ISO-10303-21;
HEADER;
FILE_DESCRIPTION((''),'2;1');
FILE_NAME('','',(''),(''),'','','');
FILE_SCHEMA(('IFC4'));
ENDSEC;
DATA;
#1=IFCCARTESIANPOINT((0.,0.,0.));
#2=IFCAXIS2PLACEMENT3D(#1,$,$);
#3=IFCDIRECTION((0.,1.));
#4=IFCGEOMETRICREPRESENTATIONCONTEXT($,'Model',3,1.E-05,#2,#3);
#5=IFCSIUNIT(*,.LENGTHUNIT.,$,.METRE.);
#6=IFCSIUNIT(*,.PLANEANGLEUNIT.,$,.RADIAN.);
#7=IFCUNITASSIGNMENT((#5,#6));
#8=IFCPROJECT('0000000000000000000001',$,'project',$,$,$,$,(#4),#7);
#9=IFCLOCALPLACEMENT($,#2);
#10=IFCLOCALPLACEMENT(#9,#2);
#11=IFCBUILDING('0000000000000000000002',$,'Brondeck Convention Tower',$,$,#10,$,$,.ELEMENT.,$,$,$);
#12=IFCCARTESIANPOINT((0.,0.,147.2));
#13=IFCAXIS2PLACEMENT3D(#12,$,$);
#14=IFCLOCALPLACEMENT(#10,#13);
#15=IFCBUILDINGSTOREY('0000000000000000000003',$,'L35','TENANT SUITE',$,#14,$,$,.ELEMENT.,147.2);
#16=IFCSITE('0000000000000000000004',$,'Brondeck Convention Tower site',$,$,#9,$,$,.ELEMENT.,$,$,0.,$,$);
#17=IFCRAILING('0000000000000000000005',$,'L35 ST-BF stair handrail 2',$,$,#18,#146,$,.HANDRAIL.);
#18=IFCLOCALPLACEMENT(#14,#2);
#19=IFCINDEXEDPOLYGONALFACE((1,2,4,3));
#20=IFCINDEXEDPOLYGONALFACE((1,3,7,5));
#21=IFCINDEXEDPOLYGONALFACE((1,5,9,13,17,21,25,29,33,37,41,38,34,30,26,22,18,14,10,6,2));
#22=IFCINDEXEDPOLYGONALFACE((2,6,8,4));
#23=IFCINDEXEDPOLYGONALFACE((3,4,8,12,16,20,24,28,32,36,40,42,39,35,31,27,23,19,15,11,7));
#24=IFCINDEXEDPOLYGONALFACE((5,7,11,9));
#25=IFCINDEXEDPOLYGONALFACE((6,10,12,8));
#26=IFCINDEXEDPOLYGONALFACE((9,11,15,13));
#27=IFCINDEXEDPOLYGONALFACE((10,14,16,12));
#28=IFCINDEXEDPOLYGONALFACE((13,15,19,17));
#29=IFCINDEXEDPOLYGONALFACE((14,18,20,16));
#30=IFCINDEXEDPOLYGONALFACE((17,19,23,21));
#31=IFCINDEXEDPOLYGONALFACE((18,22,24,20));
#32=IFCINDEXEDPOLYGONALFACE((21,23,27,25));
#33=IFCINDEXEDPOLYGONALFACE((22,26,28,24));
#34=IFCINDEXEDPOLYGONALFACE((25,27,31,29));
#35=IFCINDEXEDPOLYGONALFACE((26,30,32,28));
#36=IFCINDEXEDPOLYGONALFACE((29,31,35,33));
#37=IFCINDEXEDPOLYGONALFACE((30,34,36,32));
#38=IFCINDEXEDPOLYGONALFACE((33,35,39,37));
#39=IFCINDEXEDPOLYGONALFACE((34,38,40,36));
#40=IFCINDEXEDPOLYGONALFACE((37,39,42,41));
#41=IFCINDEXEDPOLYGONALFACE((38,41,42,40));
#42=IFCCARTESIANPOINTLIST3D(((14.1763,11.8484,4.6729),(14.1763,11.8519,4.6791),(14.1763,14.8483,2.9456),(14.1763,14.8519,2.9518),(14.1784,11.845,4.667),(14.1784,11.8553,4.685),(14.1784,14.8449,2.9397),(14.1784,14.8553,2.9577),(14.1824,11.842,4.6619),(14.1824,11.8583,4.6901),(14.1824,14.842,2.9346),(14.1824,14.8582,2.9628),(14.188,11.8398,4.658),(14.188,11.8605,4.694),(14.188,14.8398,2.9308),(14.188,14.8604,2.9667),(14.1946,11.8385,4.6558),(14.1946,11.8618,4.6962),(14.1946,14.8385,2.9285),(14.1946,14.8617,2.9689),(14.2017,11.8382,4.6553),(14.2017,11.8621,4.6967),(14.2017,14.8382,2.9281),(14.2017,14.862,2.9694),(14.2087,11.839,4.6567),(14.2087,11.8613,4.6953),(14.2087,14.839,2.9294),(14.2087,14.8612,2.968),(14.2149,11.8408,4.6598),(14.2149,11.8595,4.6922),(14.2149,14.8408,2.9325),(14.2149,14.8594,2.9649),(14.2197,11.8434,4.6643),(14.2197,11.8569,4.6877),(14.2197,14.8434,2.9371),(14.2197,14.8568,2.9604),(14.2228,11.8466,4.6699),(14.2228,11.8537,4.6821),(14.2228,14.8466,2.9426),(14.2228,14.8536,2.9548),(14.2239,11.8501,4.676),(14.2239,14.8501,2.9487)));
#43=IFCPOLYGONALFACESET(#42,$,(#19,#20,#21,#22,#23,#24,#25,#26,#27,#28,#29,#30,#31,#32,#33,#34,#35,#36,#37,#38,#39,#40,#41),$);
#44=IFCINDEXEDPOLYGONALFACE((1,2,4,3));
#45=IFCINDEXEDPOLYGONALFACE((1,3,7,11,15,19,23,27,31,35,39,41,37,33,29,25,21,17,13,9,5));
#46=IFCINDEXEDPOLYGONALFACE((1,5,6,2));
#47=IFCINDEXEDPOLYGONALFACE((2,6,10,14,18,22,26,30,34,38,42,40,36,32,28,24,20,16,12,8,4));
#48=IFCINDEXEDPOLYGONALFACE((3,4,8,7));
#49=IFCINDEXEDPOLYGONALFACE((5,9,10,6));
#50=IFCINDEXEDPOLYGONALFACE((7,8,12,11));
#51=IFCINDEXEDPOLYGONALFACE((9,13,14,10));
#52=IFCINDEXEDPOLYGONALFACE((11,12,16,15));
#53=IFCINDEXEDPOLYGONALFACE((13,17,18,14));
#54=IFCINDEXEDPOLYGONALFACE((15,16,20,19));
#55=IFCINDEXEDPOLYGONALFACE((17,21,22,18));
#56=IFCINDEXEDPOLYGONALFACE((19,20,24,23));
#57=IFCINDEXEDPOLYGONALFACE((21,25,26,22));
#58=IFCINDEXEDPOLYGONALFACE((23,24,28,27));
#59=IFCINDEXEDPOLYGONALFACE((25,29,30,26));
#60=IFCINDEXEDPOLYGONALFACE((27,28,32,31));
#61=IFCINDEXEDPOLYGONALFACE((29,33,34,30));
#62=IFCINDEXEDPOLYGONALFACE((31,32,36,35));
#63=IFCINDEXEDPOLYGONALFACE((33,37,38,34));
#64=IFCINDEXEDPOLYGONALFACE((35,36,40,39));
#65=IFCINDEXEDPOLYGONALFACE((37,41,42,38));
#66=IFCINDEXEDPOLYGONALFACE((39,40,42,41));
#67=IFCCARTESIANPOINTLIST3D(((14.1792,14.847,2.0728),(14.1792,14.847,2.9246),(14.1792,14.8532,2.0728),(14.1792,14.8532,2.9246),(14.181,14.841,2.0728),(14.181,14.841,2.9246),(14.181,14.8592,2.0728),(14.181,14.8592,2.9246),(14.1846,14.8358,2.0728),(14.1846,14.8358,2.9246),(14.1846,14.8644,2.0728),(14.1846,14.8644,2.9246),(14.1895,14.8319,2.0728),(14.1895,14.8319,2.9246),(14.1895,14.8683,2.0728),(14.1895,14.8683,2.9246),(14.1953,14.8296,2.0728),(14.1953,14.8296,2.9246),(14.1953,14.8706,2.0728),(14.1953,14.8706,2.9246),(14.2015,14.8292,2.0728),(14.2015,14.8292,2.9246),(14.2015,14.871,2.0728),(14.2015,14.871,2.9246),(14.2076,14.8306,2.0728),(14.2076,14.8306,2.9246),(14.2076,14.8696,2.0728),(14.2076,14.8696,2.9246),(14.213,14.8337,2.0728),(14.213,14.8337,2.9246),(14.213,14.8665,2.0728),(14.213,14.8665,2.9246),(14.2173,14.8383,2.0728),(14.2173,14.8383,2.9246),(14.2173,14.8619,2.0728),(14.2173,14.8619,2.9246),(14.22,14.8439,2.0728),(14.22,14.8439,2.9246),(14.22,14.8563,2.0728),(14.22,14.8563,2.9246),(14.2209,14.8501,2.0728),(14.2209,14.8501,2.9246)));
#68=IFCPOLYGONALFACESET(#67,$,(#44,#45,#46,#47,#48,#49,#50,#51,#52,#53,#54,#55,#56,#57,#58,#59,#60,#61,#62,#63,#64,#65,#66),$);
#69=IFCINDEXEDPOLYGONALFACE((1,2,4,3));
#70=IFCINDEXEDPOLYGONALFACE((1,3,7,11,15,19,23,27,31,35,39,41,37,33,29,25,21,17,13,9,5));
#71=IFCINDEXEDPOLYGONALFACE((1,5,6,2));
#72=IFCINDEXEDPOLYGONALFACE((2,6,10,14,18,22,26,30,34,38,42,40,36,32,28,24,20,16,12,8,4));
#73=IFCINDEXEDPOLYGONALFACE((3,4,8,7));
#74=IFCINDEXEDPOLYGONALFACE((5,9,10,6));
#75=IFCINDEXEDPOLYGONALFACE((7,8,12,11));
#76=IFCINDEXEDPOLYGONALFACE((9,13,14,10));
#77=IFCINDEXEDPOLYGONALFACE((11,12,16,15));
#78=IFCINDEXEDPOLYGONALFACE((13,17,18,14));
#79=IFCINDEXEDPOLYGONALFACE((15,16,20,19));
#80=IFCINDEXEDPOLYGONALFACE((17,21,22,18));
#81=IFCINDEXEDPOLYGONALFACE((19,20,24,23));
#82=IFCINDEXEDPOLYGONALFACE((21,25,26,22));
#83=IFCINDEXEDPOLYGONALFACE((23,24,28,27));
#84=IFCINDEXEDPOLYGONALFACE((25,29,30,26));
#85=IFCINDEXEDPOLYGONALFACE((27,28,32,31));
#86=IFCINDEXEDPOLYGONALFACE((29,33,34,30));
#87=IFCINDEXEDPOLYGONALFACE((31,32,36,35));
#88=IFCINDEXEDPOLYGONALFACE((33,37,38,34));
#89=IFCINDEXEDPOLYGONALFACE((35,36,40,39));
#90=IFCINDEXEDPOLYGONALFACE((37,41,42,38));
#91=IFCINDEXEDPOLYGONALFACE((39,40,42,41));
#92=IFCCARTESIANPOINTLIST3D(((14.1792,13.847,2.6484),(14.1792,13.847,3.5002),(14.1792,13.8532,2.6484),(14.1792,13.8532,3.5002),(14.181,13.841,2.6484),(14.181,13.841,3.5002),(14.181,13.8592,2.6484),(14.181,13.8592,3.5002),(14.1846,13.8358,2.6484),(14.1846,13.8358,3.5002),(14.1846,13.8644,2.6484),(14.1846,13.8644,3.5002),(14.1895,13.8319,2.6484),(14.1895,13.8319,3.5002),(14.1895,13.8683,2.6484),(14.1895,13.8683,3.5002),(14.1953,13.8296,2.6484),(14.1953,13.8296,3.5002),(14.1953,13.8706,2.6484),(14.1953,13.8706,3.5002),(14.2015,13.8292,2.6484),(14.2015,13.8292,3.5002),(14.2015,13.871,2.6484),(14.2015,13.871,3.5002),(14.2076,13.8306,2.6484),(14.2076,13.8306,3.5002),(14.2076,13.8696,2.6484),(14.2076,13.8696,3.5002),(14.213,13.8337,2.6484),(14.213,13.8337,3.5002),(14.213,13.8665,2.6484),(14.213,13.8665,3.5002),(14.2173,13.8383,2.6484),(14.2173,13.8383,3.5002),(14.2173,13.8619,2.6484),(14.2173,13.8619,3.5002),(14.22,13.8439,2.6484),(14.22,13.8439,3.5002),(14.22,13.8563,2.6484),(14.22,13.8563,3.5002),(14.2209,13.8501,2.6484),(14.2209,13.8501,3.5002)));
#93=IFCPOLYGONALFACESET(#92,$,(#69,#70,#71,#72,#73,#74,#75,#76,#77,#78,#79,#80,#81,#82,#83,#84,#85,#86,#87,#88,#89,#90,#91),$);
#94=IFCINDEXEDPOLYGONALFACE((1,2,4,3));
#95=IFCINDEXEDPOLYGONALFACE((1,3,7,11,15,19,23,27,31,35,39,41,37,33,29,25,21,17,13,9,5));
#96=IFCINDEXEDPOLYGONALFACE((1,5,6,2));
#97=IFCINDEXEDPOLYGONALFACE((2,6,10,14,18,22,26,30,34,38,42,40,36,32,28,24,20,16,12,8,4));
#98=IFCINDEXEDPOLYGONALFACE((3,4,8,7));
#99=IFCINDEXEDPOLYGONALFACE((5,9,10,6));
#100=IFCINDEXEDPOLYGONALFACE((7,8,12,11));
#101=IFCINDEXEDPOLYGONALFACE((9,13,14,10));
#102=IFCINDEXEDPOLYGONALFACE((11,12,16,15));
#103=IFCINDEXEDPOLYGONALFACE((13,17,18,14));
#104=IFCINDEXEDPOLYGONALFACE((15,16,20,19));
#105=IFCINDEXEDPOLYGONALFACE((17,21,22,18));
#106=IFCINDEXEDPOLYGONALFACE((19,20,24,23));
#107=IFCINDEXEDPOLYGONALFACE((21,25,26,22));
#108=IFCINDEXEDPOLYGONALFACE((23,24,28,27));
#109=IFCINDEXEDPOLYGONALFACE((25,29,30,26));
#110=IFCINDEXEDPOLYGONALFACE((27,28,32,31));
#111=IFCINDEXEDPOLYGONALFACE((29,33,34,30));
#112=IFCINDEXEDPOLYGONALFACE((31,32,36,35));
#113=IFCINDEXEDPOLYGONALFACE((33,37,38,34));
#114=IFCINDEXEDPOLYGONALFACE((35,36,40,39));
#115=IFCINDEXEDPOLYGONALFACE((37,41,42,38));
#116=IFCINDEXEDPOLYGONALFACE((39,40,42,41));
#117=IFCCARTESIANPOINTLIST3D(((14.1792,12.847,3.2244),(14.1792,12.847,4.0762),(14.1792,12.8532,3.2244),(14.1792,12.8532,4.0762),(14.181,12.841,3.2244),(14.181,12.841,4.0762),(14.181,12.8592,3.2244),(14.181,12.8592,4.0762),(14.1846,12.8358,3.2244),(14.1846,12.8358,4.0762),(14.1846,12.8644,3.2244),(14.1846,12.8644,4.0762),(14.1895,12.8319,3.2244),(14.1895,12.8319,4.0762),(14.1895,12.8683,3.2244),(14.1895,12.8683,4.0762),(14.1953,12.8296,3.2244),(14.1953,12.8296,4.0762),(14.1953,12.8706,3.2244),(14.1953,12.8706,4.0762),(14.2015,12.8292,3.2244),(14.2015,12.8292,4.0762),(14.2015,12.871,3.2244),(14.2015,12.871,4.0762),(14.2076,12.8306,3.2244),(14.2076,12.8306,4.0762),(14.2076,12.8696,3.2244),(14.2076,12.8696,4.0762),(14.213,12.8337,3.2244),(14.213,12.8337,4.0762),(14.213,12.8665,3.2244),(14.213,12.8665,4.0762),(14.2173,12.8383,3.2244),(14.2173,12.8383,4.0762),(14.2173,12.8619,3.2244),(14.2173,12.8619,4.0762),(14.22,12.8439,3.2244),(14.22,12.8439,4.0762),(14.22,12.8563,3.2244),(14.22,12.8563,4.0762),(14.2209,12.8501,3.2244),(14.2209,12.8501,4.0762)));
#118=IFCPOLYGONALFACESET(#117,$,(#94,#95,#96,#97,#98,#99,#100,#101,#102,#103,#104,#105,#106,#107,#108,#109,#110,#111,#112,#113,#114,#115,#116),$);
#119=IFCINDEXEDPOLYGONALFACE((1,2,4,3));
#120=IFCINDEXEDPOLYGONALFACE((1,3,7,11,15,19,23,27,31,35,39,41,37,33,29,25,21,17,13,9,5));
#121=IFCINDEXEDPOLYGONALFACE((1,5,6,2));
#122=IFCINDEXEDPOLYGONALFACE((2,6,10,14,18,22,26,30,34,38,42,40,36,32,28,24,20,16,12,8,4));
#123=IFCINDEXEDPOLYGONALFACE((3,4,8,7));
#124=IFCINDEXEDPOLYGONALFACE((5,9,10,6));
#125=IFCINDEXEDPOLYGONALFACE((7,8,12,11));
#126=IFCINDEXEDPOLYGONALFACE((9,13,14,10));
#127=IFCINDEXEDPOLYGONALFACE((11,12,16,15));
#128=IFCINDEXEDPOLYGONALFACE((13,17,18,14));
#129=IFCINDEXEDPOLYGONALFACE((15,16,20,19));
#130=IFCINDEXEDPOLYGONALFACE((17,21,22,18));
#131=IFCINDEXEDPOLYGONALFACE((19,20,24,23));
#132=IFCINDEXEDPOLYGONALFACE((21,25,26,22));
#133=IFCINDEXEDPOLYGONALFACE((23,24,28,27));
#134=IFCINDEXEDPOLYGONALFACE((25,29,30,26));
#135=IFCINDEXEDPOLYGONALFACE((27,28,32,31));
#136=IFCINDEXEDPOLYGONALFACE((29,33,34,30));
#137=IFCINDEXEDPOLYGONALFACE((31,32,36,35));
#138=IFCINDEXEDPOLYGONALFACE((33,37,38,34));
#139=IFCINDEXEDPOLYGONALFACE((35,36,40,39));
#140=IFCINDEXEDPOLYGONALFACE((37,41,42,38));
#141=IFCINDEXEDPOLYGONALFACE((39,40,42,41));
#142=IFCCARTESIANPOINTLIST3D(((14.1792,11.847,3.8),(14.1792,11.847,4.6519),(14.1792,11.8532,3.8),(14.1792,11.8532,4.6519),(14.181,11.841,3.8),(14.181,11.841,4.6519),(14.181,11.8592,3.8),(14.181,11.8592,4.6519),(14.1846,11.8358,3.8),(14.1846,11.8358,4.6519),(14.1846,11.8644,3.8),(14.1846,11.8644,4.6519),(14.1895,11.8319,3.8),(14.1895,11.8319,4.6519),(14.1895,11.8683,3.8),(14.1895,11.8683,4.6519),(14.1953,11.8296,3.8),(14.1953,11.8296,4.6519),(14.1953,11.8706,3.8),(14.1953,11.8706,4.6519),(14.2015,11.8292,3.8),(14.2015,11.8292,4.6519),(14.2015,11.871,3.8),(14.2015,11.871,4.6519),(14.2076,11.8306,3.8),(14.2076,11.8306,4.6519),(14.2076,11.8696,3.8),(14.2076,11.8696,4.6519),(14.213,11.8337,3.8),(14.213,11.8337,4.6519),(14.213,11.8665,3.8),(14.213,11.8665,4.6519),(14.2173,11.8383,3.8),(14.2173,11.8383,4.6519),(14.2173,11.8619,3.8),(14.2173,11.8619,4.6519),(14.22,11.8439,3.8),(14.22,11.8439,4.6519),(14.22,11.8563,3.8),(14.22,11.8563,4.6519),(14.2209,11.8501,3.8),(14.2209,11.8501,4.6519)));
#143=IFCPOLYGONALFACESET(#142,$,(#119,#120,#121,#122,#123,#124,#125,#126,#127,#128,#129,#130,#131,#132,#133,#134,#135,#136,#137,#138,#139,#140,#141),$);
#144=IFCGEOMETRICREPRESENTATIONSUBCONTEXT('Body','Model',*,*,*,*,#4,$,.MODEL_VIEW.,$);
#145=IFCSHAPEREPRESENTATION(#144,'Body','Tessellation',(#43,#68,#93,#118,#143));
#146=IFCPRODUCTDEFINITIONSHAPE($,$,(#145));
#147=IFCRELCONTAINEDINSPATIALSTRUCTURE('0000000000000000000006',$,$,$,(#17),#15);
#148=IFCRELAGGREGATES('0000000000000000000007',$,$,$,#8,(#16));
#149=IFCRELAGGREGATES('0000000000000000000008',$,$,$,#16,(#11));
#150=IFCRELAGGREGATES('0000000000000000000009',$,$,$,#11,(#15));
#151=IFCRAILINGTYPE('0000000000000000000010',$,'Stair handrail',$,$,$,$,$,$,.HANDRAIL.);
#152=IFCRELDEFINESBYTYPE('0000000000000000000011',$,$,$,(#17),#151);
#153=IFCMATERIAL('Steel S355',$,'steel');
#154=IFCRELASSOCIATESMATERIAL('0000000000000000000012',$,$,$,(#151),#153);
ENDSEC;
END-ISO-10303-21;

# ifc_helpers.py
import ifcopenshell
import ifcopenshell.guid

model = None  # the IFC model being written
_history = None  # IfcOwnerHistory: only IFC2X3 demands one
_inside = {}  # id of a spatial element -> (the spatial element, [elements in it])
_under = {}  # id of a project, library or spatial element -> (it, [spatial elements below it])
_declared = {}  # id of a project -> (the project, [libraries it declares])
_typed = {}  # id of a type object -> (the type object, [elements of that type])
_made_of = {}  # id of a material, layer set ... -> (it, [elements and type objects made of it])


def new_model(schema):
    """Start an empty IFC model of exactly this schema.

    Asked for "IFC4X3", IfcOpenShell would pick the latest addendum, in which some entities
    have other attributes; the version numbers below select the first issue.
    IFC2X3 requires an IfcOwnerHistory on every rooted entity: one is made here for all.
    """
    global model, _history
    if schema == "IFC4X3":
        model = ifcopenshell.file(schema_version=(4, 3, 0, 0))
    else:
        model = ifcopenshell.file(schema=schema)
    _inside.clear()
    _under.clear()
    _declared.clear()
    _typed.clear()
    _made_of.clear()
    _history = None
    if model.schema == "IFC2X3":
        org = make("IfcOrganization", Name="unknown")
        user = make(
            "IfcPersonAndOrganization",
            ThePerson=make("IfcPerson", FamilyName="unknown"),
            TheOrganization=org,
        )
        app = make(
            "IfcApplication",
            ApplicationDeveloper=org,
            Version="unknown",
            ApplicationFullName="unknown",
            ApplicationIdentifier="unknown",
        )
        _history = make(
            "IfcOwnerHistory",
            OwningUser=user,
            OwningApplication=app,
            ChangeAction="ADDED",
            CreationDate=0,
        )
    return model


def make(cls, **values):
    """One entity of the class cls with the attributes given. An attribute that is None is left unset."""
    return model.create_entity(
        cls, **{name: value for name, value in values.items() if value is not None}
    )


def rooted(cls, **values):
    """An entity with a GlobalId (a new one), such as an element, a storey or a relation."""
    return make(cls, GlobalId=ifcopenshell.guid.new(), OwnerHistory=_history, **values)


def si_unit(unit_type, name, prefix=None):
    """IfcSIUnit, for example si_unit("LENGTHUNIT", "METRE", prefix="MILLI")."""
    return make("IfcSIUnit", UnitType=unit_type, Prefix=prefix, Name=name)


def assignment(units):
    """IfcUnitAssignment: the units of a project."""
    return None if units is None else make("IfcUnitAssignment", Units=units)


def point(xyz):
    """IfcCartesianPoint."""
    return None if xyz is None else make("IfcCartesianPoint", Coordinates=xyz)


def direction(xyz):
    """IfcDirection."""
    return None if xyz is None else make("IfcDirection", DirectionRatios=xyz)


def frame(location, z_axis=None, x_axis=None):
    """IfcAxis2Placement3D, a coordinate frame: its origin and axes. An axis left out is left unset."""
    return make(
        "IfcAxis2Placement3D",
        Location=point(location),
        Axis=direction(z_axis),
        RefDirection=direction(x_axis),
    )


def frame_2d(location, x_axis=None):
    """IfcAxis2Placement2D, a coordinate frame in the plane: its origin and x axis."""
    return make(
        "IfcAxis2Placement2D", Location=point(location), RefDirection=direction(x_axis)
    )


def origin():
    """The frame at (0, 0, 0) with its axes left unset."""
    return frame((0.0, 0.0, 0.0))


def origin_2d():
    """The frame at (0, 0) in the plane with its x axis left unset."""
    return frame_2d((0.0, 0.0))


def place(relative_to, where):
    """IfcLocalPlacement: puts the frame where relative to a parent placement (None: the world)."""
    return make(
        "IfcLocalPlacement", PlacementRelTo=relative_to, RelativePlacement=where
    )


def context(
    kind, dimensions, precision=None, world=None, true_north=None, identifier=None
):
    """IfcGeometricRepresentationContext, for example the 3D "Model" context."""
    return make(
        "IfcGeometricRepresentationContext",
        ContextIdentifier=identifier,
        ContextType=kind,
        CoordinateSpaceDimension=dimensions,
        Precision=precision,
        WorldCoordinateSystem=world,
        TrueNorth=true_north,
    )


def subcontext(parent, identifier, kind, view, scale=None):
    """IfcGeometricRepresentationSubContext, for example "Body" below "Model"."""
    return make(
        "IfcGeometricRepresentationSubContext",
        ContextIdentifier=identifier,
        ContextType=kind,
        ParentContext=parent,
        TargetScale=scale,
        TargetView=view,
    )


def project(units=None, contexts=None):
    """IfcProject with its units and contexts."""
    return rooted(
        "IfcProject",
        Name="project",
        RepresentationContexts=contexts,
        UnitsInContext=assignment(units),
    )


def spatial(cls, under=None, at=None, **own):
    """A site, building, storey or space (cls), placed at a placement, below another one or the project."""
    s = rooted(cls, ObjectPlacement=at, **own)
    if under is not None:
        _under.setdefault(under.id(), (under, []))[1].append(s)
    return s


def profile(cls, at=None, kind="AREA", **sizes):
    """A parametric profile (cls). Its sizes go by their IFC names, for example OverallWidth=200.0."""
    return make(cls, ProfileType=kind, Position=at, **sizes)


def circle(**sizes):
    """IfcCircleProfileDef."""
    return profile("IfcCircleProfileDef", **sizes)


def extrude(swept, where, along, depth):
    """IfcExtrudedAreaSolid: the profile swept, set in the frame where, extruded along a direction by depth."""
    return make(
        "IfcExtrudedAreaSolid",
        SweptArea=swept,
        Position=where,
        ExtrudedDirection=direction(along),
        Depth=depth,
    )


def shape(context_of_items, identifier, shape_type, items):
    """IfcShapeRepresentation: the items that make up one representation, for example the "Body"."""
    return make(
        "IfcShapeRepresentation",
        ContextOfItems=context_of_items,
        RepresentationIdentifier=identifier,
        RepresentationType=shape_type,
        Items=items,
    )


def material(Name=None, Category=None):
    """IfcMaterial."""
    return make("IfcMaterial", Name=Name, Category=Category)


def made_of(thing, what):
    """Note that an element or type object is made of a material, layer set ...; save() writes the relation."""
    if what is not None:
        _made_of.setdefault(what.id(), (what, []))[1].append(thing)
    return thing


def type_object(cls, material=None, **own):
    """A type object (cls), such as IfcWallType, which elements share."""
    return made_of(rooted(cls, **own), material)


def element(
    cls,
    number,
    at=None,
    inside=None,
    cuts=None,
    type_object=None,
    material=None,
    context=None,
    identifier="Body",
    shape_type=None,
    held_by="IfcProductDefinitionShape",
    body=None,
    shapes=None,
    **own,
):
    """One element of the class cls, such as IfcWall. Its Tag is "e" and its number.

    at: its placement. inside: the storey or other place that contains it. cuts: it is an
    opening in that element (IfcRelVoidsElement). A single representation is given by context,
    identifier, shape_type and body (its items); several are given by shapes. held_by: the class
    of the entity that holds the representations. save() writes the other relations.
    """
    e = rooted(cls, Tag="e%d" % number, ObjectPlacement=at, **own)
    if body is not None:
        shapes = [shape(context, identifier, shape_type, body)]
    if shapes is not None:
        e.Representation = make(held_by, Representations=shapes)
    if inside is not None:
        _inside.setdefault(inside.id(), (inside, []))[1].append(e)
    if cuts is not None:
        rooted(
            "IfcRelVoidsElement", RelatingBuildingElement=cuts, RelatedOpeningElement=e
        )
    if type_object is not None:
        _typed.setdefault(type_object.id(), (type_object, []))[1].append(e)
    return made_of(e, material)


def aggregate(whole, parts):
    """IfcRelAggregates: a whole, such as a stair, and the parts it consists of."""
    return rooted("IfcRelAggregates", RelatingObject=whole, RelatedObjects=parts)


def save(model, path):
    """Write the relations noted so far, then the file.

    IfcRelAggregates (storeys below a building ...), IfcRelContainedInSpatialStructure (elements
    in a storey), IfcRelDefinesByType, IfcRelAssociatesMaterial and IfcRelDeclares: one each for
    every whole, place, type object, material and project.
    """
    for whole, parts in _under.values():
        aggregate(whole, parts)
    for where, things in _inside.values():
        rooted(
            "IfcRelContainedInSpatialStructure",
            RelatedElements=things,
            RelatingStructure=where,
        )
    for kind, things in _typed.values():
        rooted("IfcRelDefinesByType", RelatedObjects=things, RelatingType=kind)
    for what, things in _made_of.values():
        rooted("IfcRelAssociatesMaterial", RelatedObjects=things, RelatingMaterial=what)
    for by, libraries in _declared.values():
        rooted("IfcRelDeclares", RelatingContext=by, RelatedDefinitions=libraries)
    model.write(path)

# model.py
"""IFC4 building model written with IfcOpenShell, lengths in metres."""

from ifc_helpers import new_model, si_unit, direction, frame, origin, origin_2d, place, context, subcontext, project, spatial, circle, extrude, material, type_object, element, save


model = new_model("IFC4")

# Units and contexts
model_context = context("Model", 3, precision=1e-05, world=origin(), true_north=direction((0.0, 1.0)))
body_context = subcontext(model_context, "Body", "Model", "MODEL_VIEW")
ifc_project = project(units=[si_unit("LENGTHUNIT", "METRE"), si_unit("PLANEANGLEUNIT", "RADIAN")], contexts=[model_context])

# Site, building, storey
site_placement = place(None, origin())
site = spatial("IfcSite", under=ifc_project, at=site_placement, Name="Brondeck Convention Tower site", CompositionType="ELEMENT", RefElevation=0.0)
building_placement = place(site_placement, origin())
building = spatial("IfcBuilding", under=site, at=building_placement, Name="Brondeck Convention Tower", CompositionType="ELEMENT")
storey_placement = place(building_placement, frame((0.0, 0.0, 147.2)))
storey = spatial("IfcBuildingStorey", under=building, at=storey_placement, Name="L35", Description="TENANT SUITE", CompositionType="ELEMENT", Elevation=147.2)

# Shared definitions
ifc_material_1 = material(Name="Steel S355", Category="steel")

# Railing
railing_type_1 = type_object("IfcRailingType", Name="Stair handrail", PredefinedType="HANDRAIL", material=ifc_material_1)
railing_1_placement = place(storey_placement, frame((14.2, 14.8501, 2.0728)))
element("IfcRailing", 1, at=railing_1_placement, inside=storey, type_object=railing_type_1, Name="L35 ST-BF stair handrail 2", PredefinedType="HANDRAIL", context=body_context, shape_type="SweptSolid", body=[
    extrude(circle(Radius=0.0239, at=origin_2d()), frame((0.0, 0.0, 0.876), z_axis=(0.0, -0.86662, 0.498969), x_axis=(1.0, 0.0, 0.0)), (0.0, 0.0, 1.0), 3.4617),
    extrude(circle(Radius=0.021, at=origin_2d()), origin(), (0.0, 0.0, 1.0), 0.8518),
    extrude(circle(Radius=0.021, at=origin_2d()), frame((0.0, -1.0, 0.5757)), (0.0, 0.0, 1.0), 0.8518),
    extrude(circle(Radius=0.021, at=origin_2d()), frame((0.0, -2.0, 1.1516)), (0.0, 0.0, 1.0), 0.8518),
    extrude(circle(Radius=0.021, at=origin_2d()), frame((0.0, -3.0, 1.7273)), (0.0, 0.0, 1.0), 0.8518),
])

save(model, "model.ifc")
